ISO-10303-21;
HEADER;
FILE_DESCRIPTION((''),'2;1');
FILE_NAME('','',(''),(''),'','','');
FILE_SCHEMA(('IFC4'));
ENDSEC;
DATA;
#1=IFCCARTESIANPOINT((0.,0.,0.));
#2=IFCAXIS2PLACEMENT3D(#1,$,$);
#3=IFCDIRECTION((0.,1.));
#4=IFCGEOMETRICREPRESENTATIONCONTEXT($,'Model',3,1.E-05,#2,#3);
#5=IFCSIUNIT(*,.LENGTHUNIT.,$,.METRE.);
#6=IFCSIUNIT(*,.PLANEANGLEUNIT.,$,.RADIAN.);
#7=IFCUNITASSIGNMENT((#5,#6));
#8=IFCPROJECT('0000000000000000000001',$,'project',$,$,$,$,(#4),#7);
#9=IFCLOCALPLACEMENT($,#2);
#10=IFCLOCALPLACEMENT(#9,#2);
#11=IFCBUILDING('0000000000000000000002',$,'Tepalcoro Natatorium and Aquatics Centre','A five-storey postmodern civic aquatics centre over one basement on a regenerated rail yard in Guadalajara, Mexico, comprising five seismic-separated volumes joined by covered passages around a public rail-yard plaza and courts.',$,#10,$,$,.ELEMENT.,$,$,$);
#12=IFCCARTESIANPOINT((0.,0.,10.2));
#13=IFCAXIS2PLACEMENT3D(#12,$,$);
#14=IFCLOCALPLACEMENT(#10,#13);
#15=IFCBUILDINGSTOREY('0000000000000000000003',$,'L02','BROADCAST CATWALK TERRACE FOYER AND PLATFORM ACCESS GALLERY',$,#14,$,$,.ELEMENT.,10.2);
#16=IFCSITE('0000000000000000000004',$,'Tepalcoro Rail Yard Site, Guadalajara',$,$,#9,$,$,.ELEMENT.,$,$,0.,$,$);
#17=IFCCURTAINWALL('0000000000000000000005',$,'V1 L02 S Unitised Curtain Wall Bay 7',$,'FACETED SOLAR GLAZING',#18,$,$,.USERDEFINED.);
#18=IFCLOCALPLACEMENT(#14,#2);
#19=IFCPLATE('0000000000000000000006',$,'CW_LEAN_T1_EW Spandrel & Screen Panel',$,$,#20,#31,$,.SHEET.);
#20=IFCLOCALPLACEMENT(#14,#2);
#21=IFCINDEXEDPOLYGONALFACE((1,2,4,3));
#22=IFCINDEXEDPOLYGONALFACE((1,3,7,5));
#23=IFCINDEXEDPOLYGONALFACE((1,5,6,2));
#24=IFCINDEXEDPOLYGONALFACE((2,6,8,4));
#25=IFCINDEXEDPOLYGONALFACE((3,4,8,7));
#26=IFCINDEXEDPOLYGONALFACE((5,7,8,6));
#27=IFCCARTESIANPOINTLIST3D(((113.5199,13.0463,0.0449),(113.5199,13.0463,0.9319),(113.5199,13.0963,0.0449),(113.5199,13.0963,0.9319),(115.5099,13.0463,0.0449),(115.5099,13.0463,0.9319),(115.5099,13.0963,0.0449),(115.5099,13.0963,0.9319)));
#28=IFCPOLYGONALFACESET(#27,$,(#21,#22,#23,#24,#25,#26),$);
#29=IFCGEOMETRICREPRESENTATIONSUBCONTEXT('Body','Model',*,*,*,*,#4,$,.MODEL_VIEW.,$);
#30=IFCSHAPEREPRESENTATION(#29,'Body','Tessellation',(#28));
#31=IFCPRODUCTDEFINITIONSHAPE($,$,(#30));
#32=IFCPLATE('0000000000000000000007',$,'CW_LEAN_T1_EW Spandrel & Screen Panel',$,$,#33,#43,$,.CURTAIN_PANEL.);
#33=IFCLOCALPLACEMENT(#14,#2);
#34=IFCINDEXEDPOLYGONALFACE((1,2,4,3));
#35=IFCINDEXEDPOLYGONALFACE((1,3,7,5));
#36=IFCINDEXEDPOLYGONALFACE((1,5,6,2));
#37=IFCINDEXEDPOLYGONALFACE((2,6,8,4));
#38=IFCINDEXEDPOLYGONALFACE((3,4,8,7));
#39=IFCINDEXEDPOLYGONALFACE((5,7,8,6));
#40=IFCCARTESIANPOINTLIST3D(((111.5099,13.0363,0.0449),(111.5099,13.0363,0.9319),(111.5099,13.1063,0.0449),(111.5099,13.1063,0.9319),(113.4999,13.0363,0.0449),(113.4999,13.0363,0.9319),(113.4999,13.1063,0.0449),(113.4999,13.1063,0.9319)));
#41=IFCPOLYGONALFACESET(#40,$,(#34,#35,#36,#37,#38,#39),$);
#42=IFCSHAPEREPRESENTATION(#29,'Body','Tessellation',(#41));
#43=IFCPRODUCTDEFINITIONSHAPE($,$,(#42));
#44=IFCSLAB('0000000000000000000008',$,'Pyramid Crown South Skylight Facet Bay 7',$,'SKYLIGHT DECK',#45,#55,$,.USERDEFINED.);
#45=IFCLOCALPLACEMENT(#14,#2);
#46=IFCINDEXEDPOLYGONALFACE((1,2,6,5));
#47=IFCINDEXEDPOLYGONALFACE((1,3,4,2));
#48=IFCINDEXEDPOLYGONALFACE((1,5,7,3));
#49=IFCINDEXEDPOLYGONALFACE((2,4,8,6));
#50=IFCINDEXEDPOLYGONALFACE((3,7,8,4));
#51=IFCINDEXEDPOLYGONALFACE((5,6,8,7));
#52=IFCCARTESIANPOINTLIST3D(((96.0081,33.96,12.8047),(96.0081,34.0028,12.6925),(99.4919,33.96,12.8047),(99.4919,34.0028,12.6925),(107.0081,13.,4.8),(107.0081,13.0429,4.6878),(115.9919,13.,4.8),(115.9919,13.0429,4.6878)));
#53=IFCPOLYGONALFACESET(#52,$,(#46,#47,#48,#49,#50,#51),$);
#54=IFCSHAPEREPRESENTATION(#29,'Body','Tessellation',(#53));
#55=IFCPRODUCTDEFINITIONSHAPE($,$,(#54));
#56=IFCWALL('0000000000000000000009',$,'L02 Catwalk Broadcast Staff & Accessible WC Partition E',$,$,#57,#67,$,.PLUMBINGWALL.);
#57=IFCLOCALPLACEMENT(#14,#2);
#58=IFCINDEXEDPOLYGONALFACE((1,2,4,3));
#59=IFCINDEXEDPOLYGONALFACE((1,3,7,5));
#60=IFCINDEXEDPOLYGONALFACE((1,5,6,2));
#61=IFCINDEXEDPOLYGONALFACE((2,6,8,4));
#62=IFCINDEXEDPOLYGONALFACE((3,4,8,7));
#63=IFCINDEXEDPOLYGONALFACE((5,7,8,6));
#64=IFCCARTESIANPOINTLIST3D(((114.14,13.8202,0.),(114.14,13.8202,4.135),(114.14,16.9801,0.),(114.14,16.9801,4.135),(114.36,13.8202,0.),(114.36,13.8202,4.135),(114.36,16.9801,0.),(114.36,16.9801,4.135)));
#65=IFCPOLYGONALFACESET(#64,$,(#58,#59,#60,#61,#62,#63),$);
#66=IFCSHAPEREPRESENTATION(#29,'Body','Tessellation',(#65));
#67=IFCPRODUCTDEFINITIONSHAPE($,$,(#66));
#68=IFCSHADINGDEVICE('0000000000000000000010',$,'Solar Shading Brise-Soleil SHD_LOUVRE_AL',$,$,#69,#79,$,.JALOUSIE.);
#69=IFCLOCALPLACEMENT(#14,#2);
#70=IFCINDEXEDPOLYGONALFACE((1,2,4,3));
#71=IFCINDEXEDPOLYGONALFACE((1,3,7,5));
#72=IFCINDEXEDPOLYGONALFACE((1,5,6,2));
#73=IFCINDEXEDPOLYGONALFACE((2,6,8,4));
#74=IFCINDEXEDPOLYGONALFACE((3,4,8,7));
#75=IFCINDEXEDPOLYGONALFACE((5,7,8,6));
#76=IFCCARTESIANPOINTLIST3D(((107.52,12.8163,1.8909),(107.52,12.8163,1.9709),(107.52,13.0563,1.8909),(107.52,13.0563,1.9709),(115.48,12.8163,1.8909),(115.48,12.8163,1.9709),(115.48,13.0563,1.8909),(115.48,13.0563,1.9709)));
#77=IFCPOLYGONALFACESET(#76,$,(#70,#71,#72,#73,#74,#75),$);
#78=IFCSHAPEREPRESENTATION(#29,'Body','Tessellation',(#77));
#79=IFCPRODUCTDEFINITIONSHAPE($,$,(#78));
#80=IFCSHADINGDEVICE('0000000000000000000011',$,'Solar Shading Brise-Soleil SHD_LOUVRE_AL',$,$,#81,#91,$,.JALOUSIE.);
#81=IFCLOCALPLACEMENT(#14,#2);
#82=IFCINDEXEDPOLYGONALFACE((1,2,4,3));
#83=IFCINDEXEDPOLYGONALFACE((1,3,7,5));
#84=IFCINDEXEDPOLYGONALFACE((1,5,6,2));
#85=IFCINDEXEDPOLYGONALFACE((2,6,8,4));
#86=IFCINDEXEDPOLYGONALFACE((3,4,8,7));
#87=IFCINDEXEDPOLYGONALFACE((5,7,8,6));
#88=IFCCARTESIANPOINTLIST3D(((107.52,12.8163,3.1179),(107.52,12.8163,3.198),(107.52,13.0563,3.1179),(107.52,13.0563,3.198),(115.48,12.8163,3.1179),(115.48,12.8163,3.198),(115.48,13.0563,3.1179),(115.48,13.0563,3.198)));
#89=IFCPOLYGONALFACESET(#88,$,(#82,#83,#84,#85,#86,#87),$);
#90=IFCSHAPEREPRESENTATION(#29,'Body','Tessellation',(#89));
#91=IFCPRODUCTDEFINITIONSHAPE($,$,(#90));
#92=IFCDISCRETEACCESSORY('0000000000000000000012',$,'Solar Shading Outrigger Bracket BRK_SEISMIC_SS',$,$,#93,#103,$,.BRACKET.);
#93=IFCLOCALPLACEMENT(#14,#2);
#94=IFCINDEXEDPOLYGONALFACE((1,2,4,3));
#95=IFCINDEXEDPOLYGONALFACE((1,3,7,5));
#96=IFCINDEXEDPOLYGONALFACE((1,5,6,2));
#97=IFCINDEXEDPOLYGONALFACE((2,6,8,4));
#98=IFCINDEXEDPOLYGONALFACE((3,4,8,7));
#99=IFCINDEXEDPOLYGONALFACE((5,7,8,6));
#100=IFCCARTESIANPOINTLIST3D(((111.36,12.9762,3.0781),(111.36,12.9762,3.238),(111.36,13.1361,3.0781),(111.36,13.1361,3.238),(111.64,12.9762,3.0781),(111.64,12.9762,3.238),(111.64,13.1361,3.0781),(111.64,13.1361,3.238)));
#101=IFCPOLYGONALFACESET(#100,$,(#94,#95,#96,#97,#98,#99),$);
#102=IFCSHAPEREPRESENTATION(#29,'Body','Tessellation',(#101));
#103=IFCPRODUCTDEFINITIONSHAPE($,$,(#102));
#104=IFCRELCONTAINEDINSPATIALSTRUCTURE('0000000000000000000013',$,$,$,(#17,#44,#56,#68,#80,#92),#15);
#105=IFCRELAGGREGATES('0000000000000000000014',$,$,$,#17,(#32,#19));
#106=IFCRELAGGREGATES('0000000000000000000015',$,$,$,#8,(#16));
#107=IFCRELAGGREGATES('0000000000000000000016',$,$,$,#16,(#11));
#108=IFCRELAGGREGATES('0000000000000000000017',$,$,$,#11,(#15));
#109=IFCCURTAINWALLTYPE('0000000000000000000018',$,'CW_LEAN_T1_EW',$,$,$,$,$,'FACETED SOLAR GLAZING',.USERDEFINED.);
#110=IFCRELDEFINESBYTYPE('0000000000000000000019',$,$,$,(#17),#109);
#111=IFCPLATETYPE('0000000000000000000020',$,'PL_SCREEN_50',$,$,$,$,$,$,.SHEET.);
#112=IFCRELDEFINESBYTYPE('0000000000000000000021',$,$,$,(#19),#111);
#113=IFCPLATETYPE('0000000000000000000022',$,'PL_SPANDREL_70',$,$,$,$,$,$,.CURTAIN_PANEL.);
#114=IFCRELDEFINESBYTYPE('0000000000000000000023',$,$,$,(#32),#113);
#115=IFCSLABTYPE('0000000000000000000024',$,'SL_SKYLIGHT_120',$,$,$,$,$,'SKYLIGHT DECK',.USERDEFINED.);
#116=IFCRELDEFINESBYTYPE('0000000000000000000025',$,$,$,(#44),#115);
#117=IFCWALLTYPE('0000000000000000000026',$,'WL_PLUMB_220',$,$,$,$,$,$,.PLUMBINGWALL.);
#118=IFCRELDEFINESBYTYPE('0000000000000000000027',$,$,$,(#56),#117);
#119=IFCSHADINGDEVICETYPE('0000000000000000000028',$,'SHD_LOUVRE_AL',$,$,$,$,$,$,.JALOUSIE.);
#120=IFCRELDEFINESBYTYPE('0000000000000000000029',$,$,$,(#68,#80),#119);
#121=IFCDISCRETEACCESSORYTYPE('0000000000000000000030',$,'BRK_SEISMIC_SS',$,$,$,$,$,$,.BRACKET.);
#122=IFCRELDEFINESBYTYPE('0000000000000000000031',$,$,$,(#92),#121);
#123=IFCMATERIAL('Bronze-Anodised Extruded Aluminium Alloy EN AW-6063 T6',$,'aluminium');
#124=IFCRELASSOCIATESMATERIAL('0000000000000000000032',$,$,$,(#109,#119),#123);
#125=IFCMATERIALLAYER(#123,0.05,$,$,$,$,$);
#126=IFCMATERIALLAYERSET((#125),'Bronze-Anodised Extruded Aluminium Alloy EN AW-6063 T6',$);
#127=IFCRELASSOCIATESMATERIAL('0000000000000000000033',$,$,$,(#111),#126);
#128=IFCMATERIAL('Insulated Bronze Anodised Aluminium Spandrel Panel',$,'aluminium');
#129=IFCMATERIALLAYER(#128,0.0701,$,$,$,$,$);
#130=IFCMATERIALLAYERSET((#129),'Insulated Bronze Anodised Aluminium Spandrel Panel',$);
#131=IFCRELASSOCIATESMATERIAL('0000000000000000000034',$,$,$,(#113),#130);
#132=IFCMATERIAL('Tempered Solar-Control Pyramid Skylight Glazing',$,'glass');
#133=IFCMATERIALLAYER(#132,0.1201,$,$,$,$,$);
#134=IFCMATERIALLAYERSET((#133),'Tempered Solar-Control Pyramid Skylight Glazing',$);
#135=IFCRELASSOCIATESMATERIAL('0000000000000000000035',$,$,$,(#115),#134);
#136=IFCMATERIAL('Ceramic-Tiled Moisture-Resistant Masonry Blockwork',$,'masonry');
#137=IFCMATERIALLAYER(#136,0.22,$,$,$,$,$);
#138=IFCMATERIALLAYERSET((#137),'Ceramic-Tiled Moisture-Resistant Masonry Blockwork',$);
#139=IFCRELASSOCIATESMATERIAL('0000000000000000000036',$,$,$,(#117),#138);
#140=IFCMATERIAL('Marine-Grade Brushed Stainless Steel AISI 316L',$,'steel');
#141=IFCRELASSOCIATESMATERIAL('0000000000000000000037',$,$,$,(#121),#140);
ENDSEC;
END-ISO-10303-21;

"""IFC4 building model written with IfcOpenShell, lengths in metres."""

from ifc_helpers import new_model, si_unit, direction, frame, frame_2d, origin, origin_2d, place, context, subcontext, project, spatial, polyline, rectangle, outline, extrude, material, layer, layer_set, type_object, element, aggregate, save


model = new_model("IFC4")

# Units and contexts
model_context = context("Model", 3, precision=1e-05, world=origin(), true_north=direction((0.0, 1.0)))
body_context = subcontext(model_context, "Body", "Model", "MODEL_VIEW")
ifc_project = project(units=[si_unit("LENGTHUNIT", "METRE"), si_unit("PLANEANGLEUNIT", "RADIAN")], contexts=[model_context])

# Site, building, storey
site_placement = place(None, origin())
site = spatial("IfcSite", under=ifc_project, at=site_placement, Name="Tepalcoro Rail Yard Site, Guadalajara", CompositionType="ELEMENT", RefElevation=0.0)
building_placement = place(site_placement, origin())
building = spatial("IfcBuilding", under=site, at=building_placement, Name="Tepalcoro Natatorium and Aquatics Centre", Description="A five-storey postmodern civic aquatics centre over one basement on a regenerated rail yard in Guadalajara, Mexico, comprising five seismic-separated volumes joined by covered passages around a public rail-yard plaza and courts.", CompositionType="ELEMENT")
storey_placement = place(building_placement, frame((0.0, 0.0, 10.2)))
storey = spatial("IfcBuildingStorey", under=building, at=storey_placement, Name="L02", Description="BROADCAST CATWALK TERRACE FOYER AND PLATFORM ACCESS GALLERY", CompositionType="ELEMENT", Elevation=10.2)

# Curtain wall
ifc_material_1 = material(Name="Bronze-Anodised Extruded Aluminium Alloy EN AW-6063 T6", Category="aluminium")
curtain_wall_type = type_object("IfcCurtainWallType", Name="CW_LEAN_T1_EW", ElementType="FACETED SOLAR GLAZING", PredefinedType="USERDEFINED", material=ifc_material_1)
curtain_wall_placement = place(storey_placement, origin())
curtain_wall = element("IfcCurtainWall", 1, at=curtain_wall_placement, inside=storey, type_object=curtain_wall_type, Name="V1 L02 S Unitised Curtain Wall Bay 7", ObjectType="FACETED SOLAR GLAZING", PredefinedType="USERDEFINED")

# Plates
ifc_layer_1 = layer(ifc_material_1, 0.05)
ifc_layer_set_1 = layer_set([ifc_layer_1], Name="Bronze-Anodised Extruded Aluminium Alloy EN AW-6063 T6")
plate_type_1 = type_object("IfcPlateType", Name="PL_SCREEN_50", PredefinedType="SHEET", material=ifc_layer_set_1)
plate_1_placement = place(storey_placement, frame((114.5149, 13.0713, 0.0449), z_axis=(0.0, 0.0, 1.0), x_axis=(1.0, 0.0, 0.0)))
plate_1 = element("IfcPlate", 2, at=plate_1_placement, type_object=plate_type_1, Name="CW_LEAN_T1_EW Spandrel & Screen Panel", PredefinedType="SHEET", context=body_context, shape_type="SweptSolid", body=[
    extrude(rectangle(XDim=1.99, YDim=0.05, at=origin_2d()), origin(), (0.0, 0.0, 1.0), 0.887),
])
ifc_material_2 = material(Name="Insulated Bronze Anodised Aluminium Spandrel Panel", Category="aluminium")
ifc_layer_2 = layer(ifc_material_2, 0.0701)
ifc_layer_set_2 = layer_set([ifc_layer_2], Name="Insulated Bronze Anodised Aluminium Spandrel Panel")
plate_type_2 = type_object("IfcPlateType", Name="PL_SPANDREL_70", PredefinedType="CURTAIN_PANEL", material=ifc_layer_set_2)
plate_2_placement = place(storey_placement, frame((112.5049, 13.0713, 0.0449), z_axis=(0.0, 0.0, 1.0), x_axis=(1.0, 0.0, 0.0)))
plate_2 = element("IfcPlate", 3, at=plate_2_placement, type_object=plate_type_2, Name="CW_LEAN_T1_EW Spandrel & Screen Panel", PredefinedType="CURTAIN_PANEL", context=body_context, shape_type="SweptSolid", body=[
    extrude(rectangle(XDim=1.99, YDim=0.0701, at=origin_2d()), origin(), (0.0, 0.0, 1.0), 0.887),
])
aggregate(curtain_wall, [plate_2, plate_1])

# Slab
ifc_material_3 = material(Name="Tempered Solar-Control Pyramid Skylight Glazing", Category="glass")
ifc_layer_3 = layer(ifc_material_3, 0.1201)
ifc_layer_set_3 = layer_set([ifc_layer_3], Name="Tempered Solar-Control Pyramid Skylight Glazing")
slab_type = type_object("IfcSlabType", Name="SL_SKYLIGHT_120", ElementType="SKYLIGHT DECK", PredefinedType="USERDEFINED", material=ifc_layer_set_3)
slab_placement = place(storey_placement, frame((107.0081, 13.0, 4.8), z_axis=(0.0, -0.356769, 0.934192), x_axis=(1.0, 0.0, 0.0)))
element("IfcSlab", 4, at=slab_placement, inside=storey, type_object=slab_type, Name="Pyramid Crown South Skylight Facet Bay 7", ObjectType="SKYLIGHT DECK", PredefinedType="USERDEFINED", context=body_context, shape_type="SweptSolid", body=[
    extrude(outline(polyline([(0.0, 0.0), (8.9839, 0.0), (-7.5161, 22.4364), (-11.0, 22.4364), (0.0, 0.0)])), origin(), (0.0, 0.0, -1.0), 0.1201),
])

# Wall
ifc_material_4 = material(Name="Ceramic-Tiled Moisture-Resistant Masonry Blockwork", Category="masonry")
ifc_layer_4 = layer(ifc_material_4, 0.22)
ifc_layer_set_4 = layer_set([ifc_layer_4], Name="Ceramic-Tiled Moisture-Resistant Masonry Blockwork")
wall_type = type_object("IfcWallType", Name="WL_PLUMB_220", PredefinedType="PLUMBINGWALL", material=ifc_layer_set_4)
wall_placement = place(storey_placement, frame((114.25, 13.8201, 0.0), z_axis=(0.0, 0.0, 1.0), x_axis=(0.0, 1.0, 0.0)))
element("IfcWall", 5, at=wall_placement, inside=storey, type_object=wall_type, Name="L02 Catwalk Broadcast Staff & Accessible WC Partition E", PredefinedType="PLUMBINGWALL", context=body_context, shape_type="SweptSolid", body=[
    extrude(rectangle(XDim=3.1599, YDim=0.22, at=frame_2d((1.5801, 0.0))), origin(), (0.0, 0.0, 1.0), 4.135),
])

# Shading devices
shading_device_type = type_object("IfcShadingDeviceType", Name="SHD_LOUVRE_AL", PredefinedType="JALOUSIE", material=ifc_material_1)
for number, where, z_axis, x_axis, name in (
    (6, (111.5, 12.9363, 1.8909), (0.0, 0.0, 1.0), (1.0, 0.0, 0.0), "Solar Shading Brise-Soleil SHD_LOUVRE_AL"),
    (7, (111.5, 12.9363, 3.1179), (0.0, 0.0, 1.0), (1.0, 0.0, 0.0), "Solar Shading Brise-Soleil SHD_LOUVRE_AL"),
):
    element("IfcShadingDevice", number, at=place(storey_placement, frame(where, z_axis=z_axis, x_axis=x_axis)), inside=storey, type_object=shading_device_type, Name=name, PredefinedType="JALOUSIE", context=body_context, shape_type="SweptSolid", body=[
        extrude(rectangle(XDim=7.96, YDim=0.24, at=origin_2d()), origin(), (0.0, 0.0, 1.0), 0.0801),
    ])

# Discrete accessory
ifc_material_5 = material(Name="Marine-Grade Brushed Stainless Steel AISI 316L", Category="steel")
discrete_accessory_type = type_object("IfcDiscreteAccessoryType", Name="BRK_SEISMIC_SS", PredefinedType="BRACKET", material=ifc_material_5)
discrete_accessory_placement = place(storey_placement, frame((111.5, 13.0562, 3.0781), z_axis=(0.0, 0.0, 1.0), x_axis=(1.0, 0.0, 0.0)))
element("IfcDiscreteAccessory", 8, at=discrete_accessory_placement, inside=storey, type_object=discrete_accessory_type, Name="Solar Shading Outrigger Bracket BRK_SEISMIC_SS", PredefinedType="BRACKET", context=body_context, shape_type="SweptSolid", body=[
    extrude(rectangle(XDim=0.28, YDim=0.1599, at=origin_2d()), origin(), (0.0, 0.0, 1.0), 0.1599),
])

save(model, "model.ifc")
